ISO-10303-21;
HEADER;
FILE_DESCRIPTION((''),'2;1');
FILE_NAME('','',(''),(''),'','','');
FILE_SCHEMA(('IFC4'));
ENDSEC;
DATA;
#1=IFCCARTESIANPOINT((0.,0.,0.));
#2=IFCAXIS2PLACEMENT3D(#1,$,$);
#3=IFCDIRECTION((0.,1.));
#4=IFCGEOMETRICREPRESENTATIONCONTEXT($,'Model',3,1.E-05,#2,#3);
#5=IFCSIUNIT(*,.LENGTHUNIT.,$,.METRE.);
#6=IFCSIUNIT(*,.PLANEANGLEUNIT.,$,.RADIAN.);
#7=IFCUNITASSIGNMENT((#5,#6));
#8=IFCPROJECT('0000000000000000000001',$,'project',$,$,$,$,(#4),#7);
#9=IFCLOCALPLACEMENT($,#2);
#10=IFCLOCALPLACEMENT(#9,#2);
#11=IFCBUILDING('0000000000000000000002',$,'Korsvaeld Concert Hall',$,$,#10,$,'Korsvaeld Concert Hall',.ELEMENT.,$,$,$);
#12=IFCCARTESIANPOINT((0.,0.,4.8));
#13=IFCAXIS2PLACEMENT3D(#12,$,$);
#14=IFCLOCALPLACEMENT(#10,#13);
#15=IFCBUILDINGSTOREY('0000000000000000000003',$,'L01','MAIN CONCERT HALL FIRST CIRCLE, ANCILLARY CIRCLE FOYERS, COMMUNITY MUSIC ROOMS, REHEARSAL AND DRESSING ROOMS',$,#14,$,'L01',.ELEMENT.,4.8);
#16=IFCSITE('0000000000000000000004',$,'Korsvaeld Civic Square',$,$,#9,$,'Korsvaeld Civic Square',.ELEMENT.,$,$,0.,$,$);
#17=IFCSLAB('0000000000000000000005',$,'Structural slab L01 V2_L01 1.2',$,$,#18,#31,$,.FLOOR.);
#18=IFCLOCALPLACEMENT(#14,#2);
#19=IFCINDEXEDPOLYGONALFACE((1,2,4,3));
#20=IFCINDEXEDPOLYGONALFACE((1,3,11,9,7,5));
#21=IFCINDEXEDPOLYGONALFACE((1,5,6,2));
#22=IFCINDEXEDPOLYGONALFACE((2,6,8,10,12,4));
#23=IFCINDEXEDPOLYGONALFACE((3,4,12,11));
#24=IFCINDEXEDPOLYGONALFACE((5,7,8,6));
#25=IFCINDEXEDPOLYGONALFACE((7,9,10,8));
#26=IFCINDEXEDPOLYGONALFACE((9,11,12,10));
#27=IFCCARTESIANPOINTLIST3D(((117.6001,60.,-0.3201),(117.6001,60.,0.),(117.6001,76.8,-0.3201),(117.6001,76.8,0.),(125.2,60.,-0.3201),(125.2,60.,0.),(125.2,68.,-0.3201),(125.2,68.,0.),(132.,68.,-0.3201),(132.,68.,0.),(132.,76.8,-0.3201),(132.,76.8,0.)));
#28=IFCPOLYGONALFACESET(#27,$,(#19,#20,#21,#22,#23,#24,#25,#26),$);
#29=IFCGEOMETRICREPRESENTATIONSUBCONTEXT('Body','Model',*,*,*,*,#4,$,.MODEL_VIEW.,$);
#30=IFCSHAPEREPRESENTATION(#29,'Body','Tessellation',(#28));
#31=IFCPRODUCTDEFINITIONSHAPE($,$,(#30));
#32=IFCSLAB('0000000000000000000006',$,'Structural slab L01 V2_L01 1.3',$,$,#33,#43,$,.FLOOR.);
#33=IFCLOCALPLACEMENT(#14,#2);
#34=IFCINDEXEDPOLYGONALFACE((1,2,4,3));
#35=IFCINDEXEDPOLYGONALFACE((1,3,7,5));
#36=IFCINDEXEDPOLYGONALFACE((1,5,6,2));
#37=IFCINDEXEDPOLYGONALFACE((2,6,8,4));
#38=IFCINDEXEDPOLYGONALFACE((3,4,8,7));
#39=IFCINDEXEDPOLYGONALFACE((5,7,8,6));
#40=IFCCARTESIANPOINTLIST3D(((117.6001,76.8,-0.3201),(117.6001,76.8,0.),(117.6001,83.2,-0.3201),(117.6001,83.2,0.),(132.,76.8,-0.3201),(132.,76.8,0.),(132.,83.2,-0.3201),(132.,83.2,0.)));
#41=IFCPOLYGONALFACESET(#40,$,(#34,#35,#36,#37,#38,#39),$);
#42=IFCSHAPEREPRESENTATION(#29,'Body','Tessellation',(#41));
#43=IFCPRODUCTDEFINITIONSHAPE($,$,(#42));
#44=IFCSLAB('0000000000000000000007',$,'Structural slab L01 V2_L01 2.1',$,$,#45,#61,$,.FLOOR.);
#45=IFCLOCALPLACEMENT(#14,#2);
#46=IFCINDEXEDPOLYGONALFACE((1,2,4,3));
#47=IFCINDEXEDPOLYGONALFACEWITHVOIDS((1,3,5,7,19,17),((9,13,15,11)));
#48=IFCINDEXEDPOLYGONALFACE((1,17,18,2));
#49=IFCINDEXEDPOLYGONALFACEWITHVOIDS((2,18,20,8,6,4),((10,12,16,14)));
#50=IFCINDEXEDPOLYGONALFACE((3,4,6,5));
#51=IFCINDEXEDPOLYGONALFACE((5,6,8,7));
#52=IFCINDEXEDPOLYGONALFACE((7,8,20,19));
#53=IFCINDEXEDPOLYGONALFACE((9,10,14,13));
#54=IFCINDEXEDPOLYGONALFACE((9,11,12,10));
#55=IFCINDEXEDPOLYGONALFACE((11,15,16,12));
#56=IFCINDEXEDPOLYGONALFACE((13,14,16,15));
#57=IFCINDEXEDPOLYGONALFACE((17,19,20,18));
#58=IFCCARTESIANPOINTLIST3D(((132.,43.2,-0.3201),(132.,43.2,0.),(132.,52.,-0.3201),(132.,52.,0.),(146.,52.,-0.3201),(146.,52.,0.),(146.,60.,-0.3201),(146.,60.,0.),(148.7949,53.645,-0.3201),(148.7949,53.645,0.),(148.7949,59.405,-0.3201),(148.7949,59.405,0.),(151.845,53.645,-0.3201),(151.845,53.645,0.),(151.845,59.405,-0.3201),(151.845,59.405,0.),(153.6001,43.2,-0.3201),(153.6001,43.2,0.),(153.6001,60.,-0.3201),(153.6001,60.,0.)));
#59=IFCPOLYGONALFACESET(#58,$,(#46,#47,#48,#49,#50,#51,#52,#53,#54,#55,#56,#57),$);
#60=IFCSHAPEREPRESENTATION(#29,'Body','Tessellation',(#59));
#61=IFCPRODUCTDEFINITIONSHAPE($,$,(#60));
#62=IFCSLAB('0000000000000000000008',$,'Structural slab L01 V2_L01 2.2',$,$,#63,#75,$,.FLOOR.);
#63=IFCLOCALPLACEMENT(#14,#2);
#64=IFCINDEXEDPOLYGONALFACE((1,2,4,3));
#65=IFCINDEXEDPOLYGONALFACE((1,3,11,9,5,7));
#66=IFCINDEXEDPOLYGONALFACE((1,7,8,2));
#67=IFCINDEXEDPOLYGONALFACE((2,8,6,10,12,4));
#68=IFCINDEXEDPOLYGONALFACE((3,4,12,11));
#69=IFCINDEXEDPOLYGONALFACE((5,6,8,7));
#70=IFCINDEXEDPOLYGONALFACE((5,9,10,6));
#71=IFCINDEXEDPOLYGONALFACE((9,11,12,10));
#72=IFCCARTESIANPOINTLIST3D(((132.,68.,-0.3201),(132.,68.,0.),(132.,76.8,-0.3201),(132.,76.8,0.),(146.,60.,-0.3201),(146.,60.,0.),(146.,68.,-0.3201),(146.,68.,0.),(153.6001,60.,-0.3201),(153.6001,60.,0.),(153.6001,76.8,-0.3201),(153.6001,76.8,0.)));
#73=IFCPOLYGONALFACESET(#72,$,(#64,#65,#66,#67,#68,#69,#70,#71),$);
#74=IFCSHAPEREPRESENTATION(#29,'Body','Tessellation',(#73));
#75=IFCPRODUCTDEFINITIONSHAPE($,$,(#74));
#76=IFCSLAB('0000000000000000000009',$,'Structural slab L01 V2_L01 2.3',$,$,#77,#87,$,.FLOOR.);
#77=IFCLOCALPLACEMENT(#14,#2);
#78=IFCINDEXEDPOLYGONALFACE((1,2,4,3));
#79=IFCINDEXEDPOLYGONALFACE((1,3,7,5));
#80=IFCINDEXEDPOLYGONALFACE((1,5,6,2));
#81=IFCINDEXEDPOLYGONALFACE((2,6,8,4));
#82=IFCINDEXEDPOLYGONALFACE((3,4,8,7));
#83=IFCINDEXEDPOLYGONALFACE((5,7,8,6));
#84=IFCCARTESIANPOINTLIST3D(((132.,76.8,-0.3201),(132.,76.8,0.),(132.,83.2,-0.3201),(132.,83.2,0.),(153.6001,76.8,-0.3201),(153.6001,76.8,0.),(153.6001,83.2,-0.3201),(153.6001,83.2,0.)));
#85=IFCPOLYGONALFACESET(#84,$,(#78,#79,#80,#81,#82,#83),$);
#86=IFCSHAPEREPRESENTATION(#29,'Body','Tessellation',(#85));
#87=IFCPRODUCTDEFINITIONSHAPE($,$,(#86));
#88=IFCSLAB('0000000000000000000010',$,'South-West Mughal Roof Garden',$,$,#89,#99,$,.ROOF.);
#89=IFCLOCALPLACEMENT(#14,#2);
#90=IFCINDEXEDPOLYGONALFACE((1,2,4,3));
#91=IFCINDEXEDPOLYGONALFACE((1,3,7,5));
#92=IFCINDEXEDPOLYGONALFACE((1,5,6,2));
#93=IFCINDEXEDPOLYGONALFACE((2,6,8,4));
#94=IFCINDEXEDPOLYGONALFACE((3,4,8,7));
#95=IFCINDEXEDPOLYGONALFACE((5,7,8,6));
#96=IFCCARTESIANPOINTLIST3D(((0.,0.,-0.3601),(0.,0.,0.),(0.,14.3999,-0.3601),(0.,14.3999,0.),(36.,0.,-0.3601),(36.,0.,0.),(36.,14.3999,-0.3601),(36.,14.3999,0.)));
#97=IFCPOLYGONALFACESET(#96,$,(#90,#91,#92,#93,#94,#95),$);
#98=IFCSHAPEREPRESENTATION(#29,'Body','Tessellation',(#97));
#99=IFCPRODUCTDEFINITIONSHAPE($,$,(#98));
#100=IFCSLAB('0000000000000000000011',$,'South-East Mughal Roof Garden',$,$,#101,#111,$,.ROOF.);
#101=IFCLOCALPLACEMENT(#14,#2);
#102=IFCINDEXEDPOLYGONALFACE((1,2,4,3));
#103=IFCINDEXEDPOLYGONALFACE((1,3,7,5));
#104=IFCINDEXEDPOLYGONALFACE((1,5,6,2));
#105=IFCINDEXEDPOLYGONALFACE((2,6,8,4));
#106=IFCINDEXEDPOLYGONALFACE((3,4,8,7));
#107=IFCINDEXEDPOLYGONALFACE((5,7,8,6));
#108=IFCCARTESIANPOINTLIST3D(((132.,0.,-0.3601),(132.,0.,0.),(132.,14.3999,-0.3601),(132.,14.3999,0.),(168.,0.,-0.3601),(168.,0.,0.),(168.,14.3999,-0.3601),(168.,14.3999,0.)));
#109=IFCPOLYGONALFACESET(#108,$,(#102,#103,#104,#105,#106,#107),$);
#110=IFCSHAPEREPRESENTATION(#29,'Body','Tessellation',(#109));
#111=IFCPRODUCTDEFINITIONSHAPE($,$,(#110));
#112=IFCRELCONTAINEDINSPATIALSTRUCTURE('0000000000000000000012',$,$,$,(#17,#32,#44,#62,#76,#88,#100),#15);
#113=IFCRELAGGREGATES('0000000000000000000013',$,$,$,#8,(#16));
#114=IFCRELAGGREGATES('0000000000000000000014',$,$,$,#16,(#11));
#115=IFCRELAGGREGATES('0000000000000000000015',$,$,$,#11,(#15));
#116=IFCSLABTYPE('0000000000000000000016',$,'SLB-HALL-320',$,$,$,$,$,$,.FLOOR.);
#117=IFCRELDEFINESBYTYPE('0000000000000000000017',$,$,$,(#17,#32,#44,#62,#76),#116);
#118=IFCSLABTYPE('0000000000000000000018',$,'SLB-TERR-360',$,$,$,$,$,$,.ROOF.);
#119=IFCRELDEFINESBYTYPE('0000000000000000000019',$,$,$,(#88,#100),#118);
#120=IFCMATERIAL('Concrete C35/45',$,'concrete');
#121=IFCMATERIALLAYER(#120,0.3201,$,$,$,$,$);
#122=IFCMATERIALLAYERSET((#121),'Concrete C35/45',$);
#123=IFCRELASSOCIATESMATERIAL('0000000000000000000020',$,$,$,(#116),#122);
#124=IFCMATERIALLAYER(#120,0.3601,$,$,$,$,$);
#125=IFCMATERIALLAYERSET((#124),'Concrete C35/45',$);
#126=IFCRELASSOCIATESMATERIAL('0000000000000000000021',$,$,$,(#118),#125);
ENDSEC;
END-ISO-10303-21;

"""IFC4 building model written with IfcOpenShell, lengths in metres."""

from ifc_helpers import new_model, si_unit, direction, frame, origin, place, context, subcontext, project, spatial, polyline, outline, extrude, material, layer, layer_set, type_object, element, save


model = new_model("IFC4")

# Units and contexts
model_context = context("Model", 3, precision=1e-05, world=origin(), true_north=direction((0.0, 1.0)))
body_context = subcontext(model_context, "Body", "Model", "MODEL_VIEW")
ifc_project = project(units=[si_unit("LENGTHUNIT", "METRE"), si_unit("PLANEANGLEUNIT", "RADIAN")], contexts=[model_context])

# Site, building, storey
site_placement = place(None, origin())
site = spatial("IfcSite", under=ifc_project, at=site_placement, Name="Korsvaeld Civic Square", LongName="Korsvaeld Civic Square", CompositionType="ELEMENT", RefElevation=0.0)
building_placement = place(site_placement, origin())
building = spatial("IfcBuilding", under=site, at=building_placement, Name="Korsvaeld Concert Hall", LongName="Korsvaeld Concert Hall", CompositionType="ELEMENT")
storey_placement = place(building_placement, frame((0.0, 0.0, 4.8)))
storey = spatial("IfcBuildingStorey", under=building, at=storey_placement, Name="L01", Description="MAIN CONCERT HALL FIRST CIRCLE, ANCILLARY CIRCLE FOYERS, COMMUNITY MUSIC ROOMS, REHEARSAL AND DRESSING ROOMS", LongName="L01", CompositionType="ELEMENT", Elevation=4.8)

# Slabs
ifc_material = material(Name="Concrete C35/45", Category="concrete")
ifc_layer_1 = layer(ifc_material, 0.3201)
ifc_layer_set_1 = layer_set([ifc_layer_1], Name="Concrete C35/45")
slab_type_1 = type_object("IfcSlabType", Name="SLB-HALL-320", PredefinedType="FLOOR", material=ifc_layer_set_1)
slab_1_placement = place(storey_placement, frame((0.0, 0.0, -0.3201)))
element("IfcSlab", 1, at=slab_1_placement, inside=storey, type_object=slab_type_1, Name="Structural slab L01 V2_L01 1.2", PredefinedType="FLOOR", context=body_context, shape_type="SweptSolid", body=[
    extrude(outline(polyline([(117.6001, 60.0), (117.6001, 76.8), (132.0, 76.8), (132.0, 68.0), (125.2, 68.0), (125.2, 60.0), (117.6001, 60.0)])), origin(), (0.0, 0.0, 1.0), 0.3201),
])
slab_2_placement = place(storey_placement, frame((0.0, 0.0, -0.3201)))
element("IfcSlab", 2, at=slab_2_placement, inside=storey, type_object=slab_type_1, Name="Structural slab L01 V2_L01 1.3", PredefinedType="FLOOR", context=body_context, shape_type="SweptSolid", body=[
    extrude(outline(polyline([(117.6001, 76.8), (117.6001, 83.2), (132.0, 83.2), (132.0, 76.8), (117.6001, 76.8)])), origin(), (0.0, 0.0, 1.0), 0.3201),
])
slab_3_placement = place(storey_placement, frame((0.0, 0.0, -0.3201)))
element("IfcSlab", 3, at=slab_3_placement, inside=storey, type_object=slab_type_1, Name="Structural slab L01 V2_L01 2.1", PredefinedType="FLOOR", context=body_context, shape_type="SweptSolid", body=[
    extrude(outline(polyline([(153.6001, 60.0), (153.6001, 43.2), (132.0, 43.2), (132.0, 52.0), (146.0, 52.0), (146.0, 60.0), (153.6001, 60.0)]), holes=[polyline([(151.845, 53.645), (151.845, 59.405), (148.7949, 59.405), (148.7949, 53.645), (151.845, 53.645)])]), origin(), (0.0, 0.0, 1.0), 0.3201),
])
slab_4_placement = place(storey_placement, frame((0.0, 0.0, -0.3201)))
element("IfcSlab", 4, at=slab_4_placement, inside=storey, type_object=slab_type_1, Name="Structural slab L01 V2_L01 2.2", PredefinedType="FLOOR", context=body_context, shape_type="SweptSolid", body=[
    extrude(outline(polyline([(132.0, 76.8), (153.6001, 76.8), (153.6001, 60.0), (146.0, 60.0), (146.0, 68.0), (132.0, 68.0), (132.0, 76.8)])), origin(), (0.0, 0.0, 1.0), 0.3201),
])
slab_5_placement = place(storey_placement, frame((0.0, 0.0, -0.3201)))
element("IfcSlab", 5, at=slab_5_placement, inside=storey, type_object=slab_type_1, Name="Structural slab L01 V2_L01 2.3", PredefinedType="FLOOR", context=body_context, shape_type="SweptSolid", body=[
    extrude(outline(polyline([(132.0, 76.8), (132.0, 83.2), (153.6001, 83.2), (153.6001, 76.8), (132.0, 76.8)])), origin(), (0.0, 0.0, 1.0), 0.3201),
])
ifc_layer_2 = layer(ifc_material, 0.3601)
ifc_layer_set_2 = layer_set([ifc_layer_2], Name="Concrete C35/45")
slab_type_2 = type_object("IfcSlabType", Name="SLB-TERR-360", PredefinedType="ROOF", material=ifc_layer_set_2)
slab_6_placement = place(storey_placement, frame((0.0, 0.0, -0.3601)))
element("IfcSlab", 6, at=slab_6_placement, inside=storey, type_object=slab_type_2, Name="South-West Mughal Roof Garden", PredefinedType="ROOF", context=body_context, shape_type="SweptSolid", body=[
    extrude(outline(polyline([(36.0, 0.0), (36.0, 14.3999), (0.0, 14.3999), (0.0, 0.0), (36.0, 0.0)])), origin(), (0.0, 0.0, 1.0), 0.3601),
])
slab_7_placement = place(storey_placement, frame((0.0, 0.0, -0.3601)))
element("IfcSlab", 7, at=slab_7_placement, inside=storey, type_object=slab_type_2, Name="South-East Mughal Roof Garden", PredefinedType="ROOF", context=body_context, shape_type="SweptSolid", body=[
    extrude(outline(polyline([(168.0, 0.0), (168.0, 14.3999), (132.0, 14.3999), (132.0, 0.0), (168.0, 0.0)])), origin(), (0.0, 0.0, 1.0), 0.3601),
])

save(model, "model.ifc")
